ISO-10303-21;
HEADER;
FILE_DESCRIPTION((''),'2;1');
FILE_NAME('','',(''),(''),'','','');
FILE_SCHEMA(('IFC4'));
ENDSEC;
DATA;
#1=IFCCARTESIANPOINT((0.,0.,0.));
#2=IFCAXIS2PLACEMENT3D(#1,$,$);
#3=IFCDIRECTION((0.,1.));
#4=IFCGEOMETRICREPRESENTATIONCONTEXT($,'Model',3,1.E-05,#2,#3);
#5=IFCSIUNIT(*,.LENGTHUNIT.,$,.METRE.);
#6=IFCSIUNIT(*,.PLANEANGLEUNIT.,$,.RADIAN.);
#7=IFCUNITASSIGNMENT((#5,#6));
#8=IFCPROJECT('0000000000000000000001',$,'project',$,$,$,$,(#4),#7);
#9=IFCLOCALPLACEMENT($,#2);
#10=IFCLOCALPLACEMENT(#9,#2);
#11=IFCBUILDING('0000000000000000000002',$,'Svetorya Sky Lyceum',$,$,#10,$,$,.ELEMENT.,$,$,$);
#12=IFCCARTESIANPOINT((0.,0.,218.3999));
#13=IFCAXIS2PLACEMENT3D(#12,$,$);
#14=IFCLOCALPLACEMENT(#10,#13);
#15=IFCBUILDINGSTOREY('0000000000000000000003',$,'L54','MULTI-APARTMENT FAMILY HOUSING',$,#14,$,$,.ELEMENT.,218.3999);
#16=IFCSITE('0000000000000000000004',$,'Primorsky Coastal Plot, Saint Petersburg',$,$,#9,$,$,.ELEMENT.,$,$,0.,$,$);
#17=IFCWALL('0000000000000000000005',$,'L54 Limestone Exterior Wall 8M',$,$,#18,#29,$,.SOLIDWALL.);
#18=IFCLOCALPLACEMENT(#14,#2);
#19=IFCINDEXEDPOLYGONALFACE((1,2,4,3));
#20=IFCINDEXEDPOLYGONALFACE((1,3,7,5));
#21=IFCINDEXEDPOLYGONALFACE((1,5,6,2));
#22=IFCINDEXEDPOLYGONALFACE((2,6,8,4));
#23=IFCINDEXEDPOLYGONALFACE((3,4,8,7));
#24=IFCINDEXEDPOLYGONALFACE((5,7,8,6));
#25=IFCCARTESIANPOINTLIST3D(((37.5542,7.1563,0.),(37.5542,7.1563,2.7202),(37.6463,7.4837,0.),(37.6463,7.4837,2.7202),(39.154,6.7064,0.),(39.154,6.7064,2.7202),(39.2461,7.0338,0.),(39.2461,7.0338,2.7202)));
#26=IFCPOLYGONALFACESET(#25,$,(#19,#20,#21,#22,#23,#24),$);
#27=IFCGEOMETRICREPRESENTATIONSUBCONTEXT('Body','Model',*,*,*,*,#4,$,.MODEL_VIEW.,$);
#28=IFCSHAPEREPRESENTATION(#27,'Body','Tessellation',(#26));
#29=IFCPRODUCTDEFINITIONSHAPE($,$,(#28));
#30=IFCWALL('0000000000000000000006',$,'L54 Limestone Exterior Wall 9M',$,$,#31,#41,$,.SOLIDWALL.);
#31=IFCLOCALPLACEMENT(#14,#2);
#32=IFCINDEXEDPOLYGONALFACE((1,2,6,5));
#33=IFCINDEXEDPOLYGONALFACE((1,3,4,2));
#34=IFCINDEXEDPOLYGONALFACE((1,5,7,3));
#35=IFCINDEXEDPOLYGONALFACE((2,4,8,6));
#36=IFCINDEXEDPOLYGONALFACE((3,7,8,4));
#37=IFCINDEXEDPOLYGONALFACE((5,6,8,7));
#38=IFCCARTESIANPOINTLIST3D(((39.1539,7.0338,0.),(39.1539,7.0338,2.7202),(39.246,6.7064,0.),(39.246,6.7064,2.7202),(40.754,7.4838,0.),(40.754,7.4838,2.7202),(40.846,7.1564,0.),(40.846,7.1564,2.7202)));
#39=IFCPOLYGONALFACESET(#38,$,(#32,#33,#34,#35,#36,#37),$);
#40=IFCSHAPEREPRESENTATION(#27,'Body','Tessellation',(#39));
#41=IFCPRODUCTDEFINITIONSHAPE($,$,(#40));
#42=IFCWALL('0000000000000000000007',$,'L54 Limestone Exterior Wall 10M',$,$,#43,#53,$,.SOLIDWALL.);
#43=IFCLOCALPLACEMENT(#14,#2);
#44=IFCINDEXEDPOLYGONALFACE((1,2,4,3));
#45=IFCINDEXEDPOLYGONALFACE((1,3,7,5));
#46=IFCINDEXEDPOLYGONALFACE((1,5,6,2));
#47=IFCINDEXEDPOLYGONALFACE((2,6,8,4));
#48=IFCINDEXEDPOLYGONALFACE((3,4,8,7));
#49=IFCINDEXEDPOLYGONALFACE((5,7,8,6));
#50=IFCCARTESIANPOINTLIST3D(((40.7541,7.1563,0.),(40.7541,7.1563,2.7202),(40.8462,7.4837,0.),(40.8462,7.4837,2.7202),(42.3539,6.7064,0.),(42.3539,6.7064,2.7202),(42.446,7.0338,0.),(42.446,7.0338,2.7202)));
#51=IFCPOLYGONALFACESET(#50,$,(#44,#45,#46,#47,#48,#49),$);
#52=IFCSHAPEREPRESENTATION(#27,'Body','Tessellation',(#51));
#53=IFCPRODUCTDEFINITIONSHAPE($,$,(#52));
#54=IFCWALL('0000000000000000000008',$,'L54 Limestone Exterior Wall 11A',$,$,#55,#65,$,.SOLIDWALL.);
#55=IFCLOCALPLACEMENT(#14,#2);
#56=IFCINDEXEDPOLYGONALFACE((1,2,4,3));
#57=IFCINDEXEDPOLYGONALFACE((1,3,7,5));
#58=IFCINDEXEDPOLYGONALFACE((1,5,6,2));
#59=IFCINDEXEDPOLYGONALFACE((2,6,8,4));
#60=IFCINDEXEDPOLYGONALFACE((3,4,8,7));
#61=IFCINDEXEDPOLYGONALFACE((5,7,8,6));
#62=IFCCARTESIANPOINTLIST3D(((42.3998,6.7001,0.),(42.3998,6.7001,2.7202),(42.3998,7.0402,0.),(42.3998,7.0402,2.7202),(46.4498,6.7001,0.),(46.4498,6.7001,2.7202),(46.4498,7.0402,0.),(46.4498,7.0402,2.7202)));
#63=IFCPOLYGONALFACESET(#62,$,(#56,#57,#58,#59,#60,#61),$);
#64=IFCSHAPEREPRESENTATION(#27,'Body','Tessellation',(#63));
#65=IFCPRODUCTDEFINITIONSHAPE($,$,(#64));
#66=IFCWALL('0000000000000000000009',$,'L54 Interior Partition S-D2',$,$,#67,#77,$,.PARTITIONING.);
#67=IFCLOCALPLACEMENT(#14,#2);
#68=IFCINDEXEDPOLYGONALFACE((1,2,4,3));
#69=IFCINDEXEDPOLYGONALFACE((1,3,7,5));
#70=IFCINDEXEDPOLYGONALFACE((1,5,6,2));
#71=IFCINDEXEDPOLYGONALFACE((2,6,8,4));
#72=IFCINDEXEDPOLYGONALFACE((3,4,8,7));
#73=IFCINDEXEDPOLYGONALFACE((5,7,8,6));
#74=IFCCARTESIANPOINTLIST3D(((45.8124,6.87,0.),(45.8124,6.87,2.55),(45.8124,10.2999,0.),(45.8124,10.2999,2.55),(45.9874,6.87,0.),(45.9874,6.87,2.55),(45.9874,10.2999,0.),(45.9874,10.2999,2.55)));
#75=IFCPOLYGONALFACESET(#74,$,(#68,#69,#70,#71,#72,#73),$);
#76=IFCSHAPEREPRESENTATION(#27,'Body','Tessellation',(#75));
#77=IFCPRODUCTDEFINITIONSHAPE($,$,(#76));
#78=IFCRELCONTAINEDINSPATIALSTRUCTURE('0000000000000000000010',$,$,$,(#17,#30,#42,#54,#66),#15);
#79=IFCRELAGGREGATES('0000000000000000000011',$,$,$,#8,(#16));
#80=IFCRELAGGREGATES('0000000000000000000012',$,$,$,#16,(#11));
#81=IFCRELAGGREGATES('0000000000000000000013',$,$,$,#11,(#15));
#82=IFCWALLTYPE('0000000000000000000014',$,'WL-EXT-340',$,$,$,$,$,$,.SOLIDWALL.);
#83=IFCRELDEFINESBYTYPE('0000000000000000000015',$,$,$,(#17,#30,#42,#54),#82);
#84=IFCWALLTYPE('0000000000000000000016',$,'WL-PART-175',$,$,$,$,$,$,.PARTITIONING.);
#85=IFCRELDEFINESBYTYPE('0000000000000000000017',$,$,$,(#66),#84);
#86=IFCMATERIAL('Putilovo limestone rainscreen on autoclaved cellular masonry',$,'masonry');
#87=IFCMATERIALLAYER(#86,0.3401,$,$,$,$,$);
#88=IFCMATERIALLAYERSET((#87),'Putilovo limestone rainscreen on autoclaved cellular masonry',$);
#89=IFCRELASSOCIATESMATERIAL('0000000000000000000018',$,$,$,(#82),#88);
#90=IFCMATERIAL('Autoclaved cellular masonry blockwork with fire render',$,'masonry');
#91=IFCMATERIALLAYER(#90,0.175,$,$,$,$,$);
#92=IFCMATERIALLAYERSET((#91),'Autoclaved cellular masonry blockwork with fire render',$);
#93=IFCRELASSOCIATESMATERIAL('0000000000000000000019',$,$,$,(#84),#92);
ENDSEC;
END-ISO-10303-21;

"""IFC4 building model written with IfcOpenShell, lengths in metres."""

from ifc_helpers import new_model, si_unit, direction, frame, frame_2d, origin, place, context, subcontext, project, spatial, rectangle, extrude, material, layer, layer_set, type_object, element, save


model = new_model("IFC4")

# Units and contexts
model_context = context("Model", 3, precision=1e-05, world=origin(), true_north=direction((0.0, 1.0)))
body_context = subcontext(model_context, "Body", "Model", "MODEL_VIEW")
ifc_project = project(units=[si_unit("LENGTHUNIT", "METRE"), si_unit("PLANEANGLEUNIT", "RADIAN")], contexts=[model_context])

# Site, building, storey
site_placement = place(None, origin())
site = spatial("IfcSite", under=ifc_project, at=site_placement, Name="Primorsky Coastal Plot, Saint Petersburg", CompositionType="ELEMENT", RefElevation=0.0)
building_placement = place(site_placement, origin())
building = spatial("IfcBuilding", under=site, at=building_placement, Name="Svetorya Sky Lyceum", CompositionType="ELEMENT")
storey_placement = place(building_placement, frame((0.0, 0.0, 218.3999)))
storey = spatial("IfcBuildingStorey", under=building, at=storey_placement, Name="L54", Description="MULTI-APARTMENT FAMILY HOUSING", CompositionType="ELEMENT", Elevation=218.3999)

# Walls
ifc_material_1 = material(Name="Putilovo limestone rainscreen on autoclaved cellular masonry", Category="masonry")
ifc_layer_1 = layer(ifc_material_1, 0.3401)
ifc_layer_set_1 = layer_set([ifc_layer_1], Name="Putilovo limestone rainscreen on autoclaved cellular masonry")
wall_type_1 = type_object("IfcWallType", Name="WL-EXT-340", PredefinedType="SOLIDWALL", material=ifc_layer_set_1)
wall_1_placement = place(storey_placement, frame((37.6001, 7.3201, 0.0), z_axis=(0.0, 0.0, 1.0), x_axis=(0.962652, -0.270741, 0.0)))
element("IfcWall", 1, at=wall_1_placement, inside=storey, type_object=wall_type_1, Name="L54 Limestone Exterior Wall 8M", PredefinedType="SOLIDWALL", context=body_context, shape_type="SweptSolid", body=[
    extrude(rectangle(XDim=1.6619, YDim=0.3401, at=frame_2d((0.8311, 0.0))), origin(), (0.0, 0.0, 1.0), 2.7202),
])
wall_2_placement = place(storey_placement, frame((39.2, 6.8701, 0.0), z_axis=(0.0, 0.0, 1.0), x_axis=(0.962663, 0.270703, 0.0)))
element("IfcWall", 2, at=wall_2_placement, inside=storey, type_object=wall_type_1, Name="L54 Limestone Exterior Wall 9M", PredefinedType="SOLIDWALL", context=body_context, shape_type="SweptSolid", body=[
    extrude(rectangle(XDim=1.6621, YDim=0.3401, at=frame_2d((0.8311, 0.0))), origin(), (0.0, 0.0, 1.0), 2.7202),
])
wall_3_placement = place(storey_placement, frame((40.8, 7.3201, 0.0), z_axis=(0.0, 0.0, 1.0), x_axis=(0.962652, -0.270741, 0.0)))
element("IfcWall", 3, at=wall_3_placement, inside=storey, type_object=wall_type_1, Name="L54 Limestone Exterior Wall 10M", PredefinedType="SOLIDWALL", context=body_context, shape_type="SweptSolid", body=[
    extrude(rectangle(XDim=1.6619, YDim=0.3401, at=frame_2d((0.8311, 0.0))), origin(), (0.0, 0.0, 1.0), 2.7202),
])
wall_4_placement = place(storey_placement, frame((42.3999, 6.8701, 0.0), z_axis=(0.0, 0.0, 1.0), x_axis=(1.0, 0.0, 0.0)))
element("IfcWall", 4, at=wall_4_placement, inside=storey, type_object=wall_type_1, Name="L54 Limestone Exterior Wall 11A", PredefinedType="SOLIDWALL", context=body_context, shape_type="SweptSolid", body=[
    extrude(rectangle(XDim=4.05, YDim=0.3401, at=frame_2d((2.0249, 0.0))), origin(), (0.0, 0.0, 1.0), 2.7202),
])
ifc_material_2 = material(Name="Autoclaved cellular masonry blockwork with fire render", Category="masonry")
ifc_layer_2 = layer(ifc_material_2, 0.175)
ifc_layer_set_2 = layer_set([ifc_layer_2], Name="Autoclaved cellular masonry blockwork with fire render")
wall_type_2 = type_object("IfcWallType", Name="WL-PART-175", PredefinedType="PARTITIONING", material=ifc_layer_set_2)
wall_5_placement = place(storey_placement, frame((45.8999, 6.8701, 0.0), z_axis=(0.0, 0.0, 1.0), x_axis=(0.0, 1.0, 0.0)))
element("IfcWall", 5, at=wall_5_placement, inside=storey, type_object=wall_type_2, Name="L54 Interior Partition S-D2", PredefinedType="PARTITIONING", context=body_context, shape_type="SweptSolid", body=[
    extrude(rectangle(XDim=3.4299, YDim=0.175, at=frame_2d((1.7148, 0.0))), origin(), (0.0, 0.0, 1.0), 2.55),
])

save(model, "model.ifc")
